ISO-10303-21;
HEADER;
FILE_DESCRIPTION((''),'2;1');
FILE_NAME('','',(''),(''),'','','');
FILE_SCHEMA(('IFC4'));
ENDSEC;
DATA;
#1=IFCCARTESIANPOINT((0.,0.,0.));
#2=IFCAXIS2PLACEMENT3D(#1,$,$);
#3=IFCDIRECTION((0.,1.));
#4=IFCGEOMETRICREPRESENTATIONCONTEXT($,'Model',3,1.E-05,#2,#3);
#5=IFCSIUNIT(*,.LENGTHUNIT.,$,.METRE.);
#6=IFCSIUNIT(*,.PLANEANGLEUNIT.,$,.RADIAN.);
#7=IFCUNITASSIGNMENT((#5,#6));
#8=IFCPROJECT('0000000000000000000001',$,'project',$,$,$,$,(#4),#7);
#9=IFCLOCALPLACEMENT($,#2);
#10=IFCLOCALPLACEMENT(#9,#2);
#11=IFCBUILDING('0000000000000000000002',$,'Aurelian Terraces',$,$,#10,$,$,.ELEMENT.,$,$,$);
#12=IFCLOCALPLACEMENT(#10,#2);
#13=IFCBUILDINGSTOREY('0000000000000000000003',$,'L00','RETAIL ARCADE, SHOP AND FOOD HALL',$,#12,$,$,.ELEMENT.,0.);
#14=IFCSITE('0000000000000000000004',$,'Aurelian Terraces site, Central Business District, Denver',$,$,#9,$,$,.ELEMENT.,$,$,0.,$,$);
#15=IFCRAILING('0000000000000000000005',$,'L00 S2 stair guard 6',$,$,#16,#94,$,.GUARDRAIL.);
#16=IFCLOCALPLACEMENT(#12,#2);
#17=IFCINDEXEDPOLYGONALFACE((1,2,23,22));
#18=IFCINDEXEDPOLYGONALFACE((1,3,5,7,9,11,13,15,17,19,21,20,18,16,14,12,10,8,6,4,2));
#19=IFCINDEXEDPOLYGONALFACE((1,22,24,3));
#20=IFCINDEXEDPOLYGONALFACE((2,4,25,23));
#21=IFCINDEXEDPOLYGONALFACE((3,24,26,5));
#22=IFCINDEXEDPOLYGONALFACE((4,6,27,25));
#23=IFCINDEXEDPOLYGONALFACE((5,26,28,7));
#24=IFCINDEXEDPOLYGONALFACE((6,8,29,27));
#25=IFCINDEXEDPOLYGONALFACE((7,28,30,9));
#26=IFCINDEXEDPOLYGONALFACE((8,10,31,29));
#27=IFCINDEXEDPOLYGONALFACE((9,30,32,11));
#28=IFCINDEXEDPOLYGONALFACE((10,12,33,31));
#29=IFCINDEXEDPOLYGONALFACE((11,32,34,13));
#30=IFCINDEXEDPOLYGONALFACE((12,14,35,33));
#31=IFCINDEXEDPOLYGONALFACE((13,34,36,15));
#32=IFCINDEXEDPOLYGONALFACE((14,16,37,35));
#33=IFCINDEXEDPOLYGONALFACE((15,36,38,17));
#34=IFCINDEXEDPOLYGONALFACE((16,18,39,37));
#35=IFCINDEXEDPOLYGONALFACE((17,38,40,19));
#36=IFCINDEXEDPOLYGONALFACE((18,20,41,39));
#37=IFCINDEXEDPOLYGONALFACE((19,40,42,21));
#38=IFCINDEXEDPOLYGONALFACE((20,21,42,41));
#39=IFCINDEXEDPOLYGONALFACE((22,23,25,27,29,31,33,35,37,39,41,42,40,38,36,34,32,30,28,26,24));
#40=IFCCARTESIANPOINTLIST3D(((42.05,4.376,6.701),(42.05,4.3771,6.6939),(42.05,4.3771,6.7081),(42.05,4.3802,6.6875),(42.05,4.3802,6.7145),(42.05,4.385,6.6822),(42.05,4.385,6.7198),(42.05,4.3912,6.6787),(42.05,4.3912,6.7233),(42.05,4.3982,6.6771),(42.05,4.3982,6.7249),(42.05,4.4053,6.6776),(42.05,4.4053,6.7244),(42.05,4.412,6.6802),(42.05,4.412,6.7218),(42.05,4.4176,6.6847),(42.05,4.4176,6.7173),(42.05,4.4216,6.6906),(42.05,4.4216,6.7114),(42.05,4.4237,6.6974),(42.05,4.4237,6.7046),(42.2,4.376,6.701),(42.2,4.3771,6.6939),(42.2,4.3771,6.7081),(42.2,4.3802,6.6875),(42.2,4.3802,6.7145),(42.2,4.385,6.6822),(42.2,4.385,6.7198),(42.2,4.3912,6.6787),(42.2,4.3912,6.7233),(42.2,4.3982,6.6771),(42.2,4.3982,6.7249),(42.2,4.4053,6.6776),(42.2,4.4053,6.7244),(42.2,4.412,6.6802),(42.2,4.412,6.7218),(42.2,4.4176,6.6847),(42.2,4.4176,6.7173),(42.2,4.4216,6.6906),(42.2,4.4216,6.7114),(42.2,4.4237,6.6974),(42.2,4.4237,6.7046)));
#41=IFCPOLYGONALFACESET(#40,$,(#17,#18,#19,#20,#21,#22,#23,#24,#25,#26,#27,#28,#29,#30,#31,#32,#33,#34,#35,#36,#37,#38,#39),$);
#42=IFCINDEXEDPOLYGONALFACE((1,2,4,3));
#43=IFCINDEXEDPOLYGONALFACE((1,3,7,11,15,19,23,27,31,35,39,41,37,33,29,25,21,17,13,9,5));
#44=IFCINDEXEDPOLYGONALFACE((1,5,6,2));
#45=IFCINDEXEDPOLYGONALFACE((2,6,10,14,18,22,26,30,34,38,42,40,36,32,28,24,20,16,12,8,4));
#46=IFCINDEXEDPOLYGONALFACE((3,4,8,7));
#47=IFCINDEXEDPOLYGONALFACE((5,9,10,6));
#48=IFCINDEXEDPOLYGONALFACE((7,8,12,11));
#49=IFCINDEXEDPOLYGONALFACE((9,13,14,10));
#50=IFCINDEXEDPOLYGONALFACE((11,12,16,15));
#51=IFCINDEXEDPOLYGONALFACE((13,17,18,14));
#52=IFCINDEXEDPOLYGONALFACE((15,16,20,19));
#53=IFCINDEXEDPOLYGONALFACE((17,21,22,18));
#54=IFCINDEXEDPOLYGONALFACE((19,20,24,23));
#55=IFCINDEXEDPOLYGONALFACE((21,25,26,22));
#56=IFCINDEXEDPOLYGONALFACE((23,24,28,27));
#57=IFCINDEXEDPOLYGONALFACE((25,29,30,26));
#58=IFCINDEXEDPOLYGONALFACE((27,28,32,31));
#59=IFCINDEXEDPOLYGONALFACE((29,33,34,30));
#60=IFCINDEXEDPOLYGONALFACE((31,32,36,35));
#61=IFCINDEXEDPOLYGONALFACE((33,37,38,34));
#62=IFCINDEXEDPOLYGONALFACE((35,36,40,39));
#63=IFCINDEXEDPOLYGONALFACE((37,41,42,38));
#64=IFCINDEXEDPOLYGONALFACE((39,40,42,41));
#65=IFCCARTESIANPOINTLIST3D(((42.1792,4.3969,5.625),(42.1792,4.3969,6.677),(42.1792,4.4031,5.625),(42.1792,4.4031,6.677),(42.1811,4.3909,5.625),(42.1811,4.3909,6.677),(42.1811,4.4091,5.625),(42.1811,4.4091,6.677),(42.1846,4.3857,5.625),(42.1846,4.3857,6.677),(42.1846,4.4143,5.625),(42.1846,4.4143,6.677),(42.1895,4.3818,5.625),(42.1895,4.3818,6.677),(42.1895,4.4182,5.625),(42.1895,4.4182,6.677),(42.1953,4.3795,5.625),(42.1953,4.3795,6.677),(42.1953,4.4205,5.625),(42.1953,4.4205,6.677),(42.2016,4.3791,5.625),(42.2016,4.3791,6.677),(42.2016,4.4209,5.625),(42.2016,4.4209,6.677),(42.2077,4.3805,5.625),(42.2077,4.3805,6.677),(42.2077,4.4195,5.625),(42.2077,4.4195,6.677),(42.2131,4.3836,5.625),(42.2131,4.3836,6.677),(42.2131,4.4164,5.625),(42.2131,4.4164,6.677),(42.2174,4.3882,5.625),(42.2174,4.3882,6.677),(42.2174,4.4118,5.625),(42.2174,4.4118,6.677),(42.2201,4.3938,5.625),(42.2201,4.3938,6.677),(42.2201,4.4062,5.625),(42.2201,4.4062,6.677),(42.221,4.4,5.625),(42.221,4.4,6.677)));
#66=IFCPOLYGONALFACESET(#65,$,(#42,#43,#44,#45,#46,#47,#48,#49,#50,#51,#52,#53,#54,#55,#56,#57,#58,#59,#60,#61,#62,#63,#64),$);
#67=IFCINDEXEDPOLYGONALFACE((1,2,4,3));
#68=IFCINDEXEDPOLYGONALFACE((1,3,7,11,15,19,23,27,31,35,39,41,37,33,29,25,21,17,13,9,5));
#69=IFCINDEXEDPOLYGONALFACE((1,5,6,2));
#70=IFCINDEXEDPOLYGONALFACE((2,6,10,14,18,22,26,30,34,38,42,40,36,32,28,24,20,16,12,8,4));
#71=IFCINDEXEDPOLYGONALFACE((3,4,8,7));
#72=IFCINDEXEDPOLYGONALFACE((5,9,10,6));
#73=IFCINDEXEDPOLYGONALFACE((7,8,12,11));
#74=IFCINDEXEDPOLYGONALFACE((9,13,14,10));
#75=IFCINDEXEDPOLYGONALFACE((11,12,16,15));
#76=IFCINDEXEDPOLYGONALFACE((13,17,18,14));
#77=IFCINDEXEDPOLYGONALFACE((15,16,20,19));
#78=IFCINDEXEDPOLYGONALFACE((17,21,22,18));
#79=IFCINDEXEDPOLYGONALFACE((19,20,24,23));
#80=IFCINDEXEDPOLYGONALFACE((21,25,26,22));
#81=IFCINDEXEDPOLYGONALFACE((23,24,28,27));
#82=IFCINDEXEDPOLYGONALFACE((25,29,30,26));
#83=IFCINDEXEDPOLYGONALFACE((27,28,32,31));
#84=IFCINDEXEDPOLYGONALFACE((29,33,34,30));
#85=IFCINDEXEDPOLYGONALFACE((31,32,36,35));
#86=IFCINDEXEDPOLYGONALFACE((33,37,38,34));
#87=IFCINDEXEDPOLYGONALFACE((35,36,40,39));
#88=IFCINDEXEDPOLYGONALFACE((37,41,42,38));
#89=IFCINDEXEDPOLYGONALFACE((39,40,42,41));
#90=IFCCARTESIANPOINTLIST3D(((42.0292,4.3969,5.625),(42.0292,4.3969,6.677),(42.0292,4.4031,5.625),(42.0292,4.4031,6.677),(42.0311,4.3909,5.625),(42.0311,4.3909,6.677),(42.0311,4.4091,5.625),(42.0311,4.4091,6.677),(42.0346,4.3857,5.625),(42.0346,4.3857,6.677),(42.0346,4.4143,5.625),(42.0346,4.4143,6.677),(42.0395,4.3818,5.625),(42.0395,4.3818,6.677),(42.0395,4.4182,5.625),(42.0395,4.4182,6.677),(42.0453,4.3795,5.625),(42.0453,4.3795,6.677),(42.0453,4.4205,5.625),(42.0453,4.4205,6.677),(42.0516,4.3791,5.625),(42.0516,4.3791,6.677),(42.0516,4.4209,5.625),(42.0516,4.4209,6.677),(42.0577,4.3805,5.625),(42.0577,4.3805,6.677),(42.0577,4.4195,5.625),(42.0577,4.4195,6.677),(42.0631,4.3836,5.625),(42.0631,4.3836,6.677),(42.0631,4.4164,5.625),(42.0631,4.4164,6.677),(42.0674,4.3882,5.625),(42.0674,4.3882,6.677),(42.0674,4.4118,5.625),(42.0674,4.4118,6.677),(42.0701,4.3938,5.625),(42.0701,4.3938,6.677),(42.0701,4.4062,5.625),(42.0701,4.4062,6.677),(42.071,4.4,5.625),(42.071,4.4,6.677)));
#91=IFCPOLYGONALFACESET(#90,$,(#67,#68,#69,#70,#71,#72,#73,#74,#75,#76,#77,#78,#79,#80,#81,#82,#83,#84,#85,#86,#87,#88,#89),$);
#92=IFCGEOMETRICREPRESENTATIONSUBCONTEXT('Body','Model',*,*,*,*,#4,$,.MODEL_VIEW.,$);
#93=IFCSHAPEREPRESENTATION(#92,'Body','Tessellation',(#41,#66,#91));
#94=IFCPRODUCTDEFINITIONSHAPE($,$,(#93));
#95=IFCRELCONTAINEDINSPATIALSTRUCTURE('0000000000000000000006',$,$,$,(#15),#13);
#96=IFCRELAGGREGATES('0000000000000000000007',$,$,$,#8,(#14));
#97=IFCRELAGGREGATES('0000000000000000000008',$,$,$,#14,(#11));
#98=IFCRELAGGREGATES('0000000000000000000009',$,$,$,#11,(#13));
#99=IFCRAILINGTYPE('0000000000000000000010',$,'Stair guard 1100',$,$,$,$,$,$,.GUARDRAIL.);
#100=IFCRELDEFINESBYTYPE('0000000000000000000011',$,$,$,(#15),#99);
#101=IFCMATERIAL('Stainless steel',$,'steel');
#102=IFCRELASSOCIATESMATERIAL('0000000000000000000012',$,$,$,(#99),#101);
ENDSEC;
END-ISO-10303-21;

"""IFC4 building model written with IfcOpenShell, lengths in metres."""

from ifc_helpers import new_model, si_unit, direction, frame, origin, origin_2d, place, context, subcontext, project, spatial, circle, extrude, source, transform, mapped, material, type_object, element, save


model = new_model("IFC4")

# Units and contexts
model_context = context("Model", 3, precision=1e-05, world=origin(), true_north=direction((0.0, 1.0)))
body_context = subcontext(model_context, "Body", "Model", "MODEL_VIEW")
ifc_project = project(units=[si_unit("LENGTHUNIT", "METRE"), si_unit("PLANEANGLEUNIT", "RADIAN")], contexts=[model_context])

# Site, building, storey
site_placement = place(None, origin())
site = spatial("IfcSite", under=ifc_project, at=site_placement, Name="Aurelian Terraces site, Central Business District, Denver", CompositionType="ELEMENT", RefElevation=0.0)
building_placement = place(site_placement, origin())
building = spatial("IfcBuilding", under=site, at=building_placement, Name="Aurelian Terraces", CompositionType="ELEMENT")
storey_placement = place(building_placement, origin())
storey = spatial("IfcBuildingStorey", under=building, at=storey_placement, Name="L00", Description="RETAIL ARCADE, SHOP AND FOOD HALL", CompositionType="ELEMENT", Elevation=0.0)

# Railing
ifc_material_1 = material(Name="Stainless steel", Category="steel")
railing_type_1 = type_object("IfcRailingType", Name="Stair guard 1100", PredefinedType="GUARDRAIL", material=ifc_material_1)
shared_shape_1 = source(origin(), body_context, "Body", "SweptSolid", [
    extrude(circle(Radius=0.024, at=origin_2d()), frame((0.0, 0.0, 1.076), z_axis=(-1.0, 0.0, 0.0), x_axis=(0.0, -1.0, 0.0)), (0.0, 0.0, 1.0), 0.15),
    extrude(circle(Radius=0.021, at=origin_2d()), origin(), (0.0, 0.0, 1.0), 1.052),
    extrude(circle(Radius=0.021, at=origin_2d()), frame((-0.15, 0.0, 0.0)), (0.0, 0.0, 1.0), 1.052),
])
railing_placement = place(storey_placement, frame((42.2, 4.4, 5.625)))
element("IfcRailing", 1, at=railing_placement, inside=storey, type_object=railing_type_1, Name="L00 S2 stair guard 6", PredefinedType="GUARDRAIL", context=body_context, shape_type="MappedRepresentation", body=[
    mapped(shared_shape_1, transform((0.0, 0.0, 0.0), scale=1.0)),
])

save(model, "model.ifc")
